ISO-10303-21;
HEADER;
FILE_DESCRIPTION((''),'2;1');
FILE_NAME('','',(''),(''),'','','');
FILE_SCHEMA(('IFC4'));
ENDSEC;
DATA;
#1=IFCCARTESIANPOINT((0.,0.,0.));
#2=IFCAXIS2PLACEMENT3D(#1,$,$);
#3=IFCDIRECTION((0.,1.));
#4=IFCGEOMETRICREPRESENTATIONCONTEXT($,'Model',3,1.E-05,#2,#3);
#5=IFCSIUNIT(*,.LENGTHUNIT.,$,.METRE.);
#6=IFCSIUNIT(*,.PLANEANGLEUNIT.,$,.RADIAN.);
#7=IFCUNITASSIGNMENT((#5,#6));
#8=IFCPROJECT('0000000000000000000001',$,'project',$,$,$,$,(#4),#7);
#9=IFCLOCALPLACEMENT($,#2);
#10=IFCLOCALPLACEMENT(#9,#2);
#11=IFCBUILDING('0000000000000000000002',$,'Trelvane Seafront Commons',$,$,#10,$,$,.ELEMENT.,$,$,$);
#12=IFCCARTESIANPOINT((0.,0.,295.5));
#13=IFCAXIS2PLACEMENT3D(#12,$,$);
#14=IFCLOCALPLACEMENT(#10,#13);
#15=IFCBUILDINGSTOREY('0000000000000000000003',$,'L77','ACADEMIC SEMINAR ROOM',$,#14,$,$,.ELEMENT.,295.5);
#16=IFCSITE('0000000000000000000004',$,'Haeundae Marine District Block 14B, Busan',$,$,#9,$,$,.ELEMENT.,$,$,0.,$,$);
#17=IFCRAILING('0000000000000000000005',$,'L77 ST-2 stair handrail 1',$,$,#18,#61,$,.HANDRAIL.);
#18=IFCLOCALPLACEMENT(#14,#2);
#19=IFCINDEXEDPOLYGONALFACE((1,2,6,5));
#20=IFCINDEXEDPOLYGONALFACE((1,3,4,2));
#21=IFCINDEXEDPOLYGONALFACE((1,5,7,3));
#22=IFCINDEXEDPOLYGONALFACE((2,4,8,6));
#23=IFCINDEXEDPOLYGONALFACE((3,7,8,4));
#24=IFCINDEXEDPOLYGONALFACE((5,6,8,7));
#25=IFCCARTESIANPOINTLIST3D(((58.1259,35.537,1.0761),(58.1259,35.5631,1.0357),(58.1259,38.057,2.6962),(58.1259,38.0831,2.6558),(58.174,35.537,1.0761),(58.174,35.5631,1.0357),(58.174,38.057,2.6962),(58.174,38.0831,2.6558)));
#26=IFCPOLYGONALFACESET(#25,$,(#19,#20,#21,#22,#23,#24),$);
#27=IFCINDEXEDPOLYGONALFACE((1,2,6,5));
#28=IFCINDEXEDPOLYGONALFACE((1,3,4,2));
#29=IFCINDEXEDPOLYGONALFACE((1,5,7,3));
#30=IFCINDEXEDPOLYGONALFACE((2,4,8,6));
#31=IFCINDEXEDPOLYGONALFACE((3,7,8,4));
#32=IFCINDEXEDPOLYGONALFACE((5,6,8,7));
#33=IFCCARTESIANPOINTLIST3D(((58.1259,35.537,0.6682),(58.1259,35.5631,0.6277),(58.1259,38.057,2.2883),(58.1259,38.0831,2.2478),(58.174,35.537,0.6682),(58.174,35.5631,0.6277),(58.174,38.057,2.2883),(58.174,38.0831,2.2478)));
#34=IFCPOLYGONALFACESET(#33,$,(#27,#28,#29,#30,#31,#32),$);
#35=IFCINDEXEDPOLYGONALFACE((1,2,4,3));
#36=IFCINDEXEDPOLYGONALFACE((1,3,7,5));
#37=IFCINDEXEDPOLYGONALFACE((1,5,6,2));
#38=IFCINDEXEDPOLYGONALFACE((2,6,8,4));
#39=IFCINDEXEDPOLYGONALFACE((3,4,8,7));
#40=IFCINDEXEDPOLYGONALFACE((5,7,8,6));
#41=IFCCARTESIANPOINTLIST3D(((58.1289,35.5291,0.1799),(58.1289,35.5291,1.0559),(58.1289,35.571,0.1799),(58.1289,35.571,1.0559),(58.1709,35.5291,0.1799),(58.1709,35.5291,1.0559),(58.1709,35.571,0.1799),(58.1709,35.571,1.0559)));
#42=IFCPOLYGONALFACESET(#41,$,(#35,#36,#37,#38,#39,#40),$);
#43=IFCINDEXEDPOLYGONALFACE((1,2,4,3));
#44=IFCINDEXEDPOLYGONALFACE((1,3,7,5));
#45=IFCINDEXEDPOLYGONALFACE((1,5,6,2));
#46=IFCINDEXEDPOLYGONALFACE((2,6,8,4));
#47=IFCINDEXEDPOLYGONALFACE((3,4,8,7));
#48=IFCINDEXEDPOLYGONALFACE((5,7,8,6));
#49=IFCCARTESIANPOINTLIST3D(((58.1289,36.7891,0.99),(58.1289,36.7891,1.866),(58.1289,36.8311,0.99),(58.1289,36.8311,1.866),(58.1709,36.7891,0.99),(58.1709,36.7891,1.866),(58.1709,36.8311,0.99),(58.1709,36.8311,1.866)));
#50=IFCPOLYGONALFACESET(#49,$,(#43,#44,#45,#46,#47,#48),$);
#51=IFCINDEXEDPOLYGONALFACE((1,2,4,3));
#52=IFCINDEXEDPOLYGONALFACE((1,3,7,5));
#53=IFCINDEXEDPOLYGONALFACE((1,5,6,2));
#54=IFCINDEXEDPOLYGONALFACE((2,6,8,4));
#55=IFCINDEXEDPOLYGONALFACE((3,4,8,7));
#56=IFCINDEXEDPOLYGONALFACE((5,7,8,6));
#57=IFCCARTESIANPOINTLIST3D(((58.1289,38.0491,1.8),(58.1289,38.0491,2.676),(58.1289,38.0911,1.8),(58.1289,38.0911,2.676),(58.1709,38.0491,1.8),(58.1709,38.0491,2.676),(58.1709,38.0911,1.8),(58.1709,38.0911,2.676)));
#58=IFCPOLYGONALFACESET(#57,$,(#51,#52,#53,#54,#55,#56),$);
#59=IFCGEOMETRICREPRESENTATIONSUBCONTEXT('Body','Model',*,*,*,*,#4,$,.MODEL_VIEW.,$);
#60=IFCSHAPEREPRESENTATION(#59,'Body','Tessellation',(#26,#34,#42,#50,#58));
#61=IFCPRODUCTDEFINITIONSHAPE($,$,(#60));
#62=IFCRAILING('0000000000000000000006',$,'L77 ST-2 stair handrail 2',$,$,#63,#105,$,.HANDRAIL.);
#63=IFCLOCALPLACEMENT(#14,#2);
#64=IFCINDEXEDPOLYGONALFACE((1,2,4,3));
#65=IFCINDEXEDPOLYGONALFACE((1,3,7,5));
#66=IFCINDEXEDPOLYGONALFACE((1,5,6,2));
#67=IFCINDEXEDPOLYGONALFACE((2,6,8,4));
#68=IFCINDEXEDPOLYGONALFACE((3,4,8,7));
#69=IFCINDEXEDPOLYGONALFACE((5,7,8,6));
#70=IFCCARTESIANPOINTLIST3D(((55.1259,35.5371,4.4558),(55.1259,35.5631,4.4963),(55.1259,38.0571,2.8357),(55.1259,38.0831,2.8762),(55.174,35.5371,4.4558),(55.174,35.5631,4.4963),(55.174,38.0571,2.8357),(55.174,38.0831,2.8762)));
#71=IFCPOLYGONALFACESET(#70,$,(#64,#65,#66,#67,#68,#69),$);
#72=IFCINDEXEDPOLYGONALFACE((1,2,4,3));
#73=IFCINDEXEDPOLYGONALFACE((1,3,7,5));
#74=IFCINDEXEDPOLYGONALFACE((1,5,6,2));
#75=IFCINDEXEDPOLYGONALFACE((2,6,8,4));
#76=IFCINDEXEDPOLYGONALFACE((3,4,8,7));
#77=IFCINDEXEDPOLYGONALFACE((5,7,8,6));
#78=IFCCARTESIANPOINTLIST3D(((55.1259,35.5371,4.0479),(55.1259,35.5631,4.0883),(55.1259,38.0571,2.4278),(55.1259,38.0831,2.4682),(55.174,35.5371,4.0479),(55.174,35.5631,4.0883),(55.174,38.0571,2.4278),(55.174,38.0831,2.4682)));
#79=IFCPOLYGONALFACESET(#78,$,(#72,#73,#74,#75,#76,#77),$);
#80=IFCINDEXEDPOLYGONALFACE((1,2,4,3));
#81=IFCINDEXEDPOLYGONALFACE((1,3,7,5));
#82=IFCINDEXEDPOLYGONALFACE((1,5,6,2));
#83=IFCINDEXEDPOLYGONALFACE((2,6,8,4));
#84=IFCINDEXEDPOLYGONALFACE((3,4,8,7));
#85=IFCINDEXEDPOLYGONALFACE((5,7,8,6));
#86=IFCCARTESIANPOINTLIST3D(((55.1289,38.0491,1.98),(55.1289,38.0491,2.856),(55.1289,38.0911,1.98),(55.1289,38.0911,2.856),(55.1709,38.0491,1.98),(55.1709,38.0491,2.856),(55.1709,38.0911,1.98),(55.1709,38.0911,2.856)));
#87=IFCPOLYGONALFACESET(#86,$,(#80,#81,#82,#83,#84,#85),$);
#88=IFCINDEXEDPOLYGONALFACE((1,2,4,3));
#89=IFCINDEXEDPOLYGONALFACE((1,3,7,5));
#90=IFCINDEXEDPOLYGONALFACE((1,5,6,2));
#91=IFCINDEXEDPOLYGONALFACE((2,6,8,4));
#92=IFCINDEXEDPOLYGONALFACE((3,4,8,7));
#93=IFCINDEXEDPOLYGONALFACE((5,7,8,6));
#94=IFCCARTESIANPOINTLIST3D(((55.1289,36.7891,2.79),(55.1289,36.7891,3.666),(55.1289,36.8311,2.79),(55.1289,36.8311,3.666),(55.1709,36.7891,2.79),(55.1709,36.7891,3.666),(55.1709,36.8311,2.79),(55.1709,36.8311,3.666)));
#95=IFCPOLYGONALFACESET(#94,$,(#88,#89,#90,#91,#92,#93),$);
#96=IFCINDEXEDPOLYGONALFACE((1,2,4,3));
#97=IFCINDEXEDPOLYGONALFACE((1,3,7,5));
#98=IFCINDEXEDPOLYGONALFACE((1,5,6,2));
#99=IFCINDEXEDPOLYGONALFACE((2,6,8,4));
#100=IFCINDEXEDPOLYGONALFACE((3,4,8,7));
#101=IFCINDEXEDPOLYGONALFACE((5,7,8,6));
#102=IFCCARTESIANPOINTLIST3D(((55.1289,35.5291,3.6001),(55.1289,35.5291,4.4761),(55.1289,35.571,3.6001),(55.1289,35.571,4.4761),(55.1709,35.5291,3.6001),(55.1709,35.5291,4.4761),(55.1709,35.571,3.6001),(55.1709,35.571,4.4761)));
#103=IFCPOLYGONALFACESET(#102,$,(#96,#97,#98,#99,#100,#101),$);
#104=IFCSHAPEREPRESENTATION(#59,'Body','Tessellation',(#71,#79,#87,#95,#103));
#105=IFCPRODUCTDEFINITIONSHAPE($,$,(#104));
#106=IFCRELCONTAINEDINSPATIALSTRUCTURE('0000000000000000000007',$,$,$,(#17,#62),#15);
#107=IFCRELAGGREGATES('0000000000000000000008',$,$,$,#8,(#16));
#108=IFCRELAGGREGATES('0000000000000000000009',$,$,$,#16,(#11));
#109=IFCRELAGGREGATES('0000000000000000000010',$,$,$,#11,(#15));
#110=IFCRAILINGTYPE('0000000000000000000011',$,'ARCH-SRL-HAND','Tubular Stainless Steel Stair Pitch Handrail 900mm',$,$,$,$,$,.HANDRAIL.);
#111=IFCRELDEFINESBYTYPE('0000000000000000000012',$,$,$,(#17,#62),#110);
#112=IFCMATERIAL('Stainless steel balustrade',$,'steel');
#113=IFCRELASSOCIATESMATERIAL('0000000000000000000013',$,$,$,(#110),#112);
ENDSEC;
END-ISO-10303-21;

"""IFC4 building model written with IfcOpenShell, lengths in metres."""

from ifc_helpers import new_model, si_unit, direction, frame, origin, origin_2d, place, context, subcontext, project, spatial, rectangle, extrude, material, type_object, element, save


model = new_model("IFC4")

# Units and contexts
model_context = context("Model", 3, precision=1e-05, world=origin(), true_north=direction((0.0, 1.0)))
body_context = subcontext(model_context, "Body", "Model", "MODEL_VIEW")
ifc_project = project(units=[si_unit("LENGTHUNIT", "METRE"), si_unit("PLANEANGLEUNIT", "RADIAN")], contexts=[model_context])

# Site, building, storey
site_placement = place(None, origin())
site = spatial("IfcSite", under=ifc_project, at=site_placement, Name="Haeundae Marine District Block 14B, Busan", CompositionType="ELEMENT", RefElevation=0.0)
building_placement = place(site_placement, origin())
building = spatial("IfcBuilding", under=site, at=building_placement, Name="Trelvane Seafront Commons", CompositionType="ELEMENT")
storey_placement = place(building_placement, frame((0.0, 0.0, 295.5)))
storey = spatial("IfcBuildingStorey", under=building, at=storey_placement, Name="L77", Description="ACADEMIC SEMINAR ROOM", CompositionType="ELEMENT", Elevation=295.5)

# Railings
ifc_material_1 = material(Name="Stainless steel balustrade", Category="steel")
railing_type_1 = type_object("IfcRailingType", Name="ARCH-SRL-HAND", Description="Tubular Stainless Steel Stair Pitch Handrail 900mm", PredefinedType="HANDRAIL", material=ifc_material_1)
railing_1_placement = place(storey_placement, frame((58.1499, 35.55, 0.1799)))
element("IfcRailing", 1, at=railing_1_placement, inside=storey, type_object=railing_type_1, Name="L77 ST-2 stair handrail 1", PredefinedType="HANDRAIL", context=body_context, shape_type="SweptSolid", body=[
    extrude(rectangle(XDim=0.0481, YDim=0.0481, at=origin_2d()), frame((0.0, 0.0, 0.876), z_axis=(0.0, 0.841163, 0.540782), x_axis=(-1.0, 0.0, 0.0)), (0.0, 0.0, 1.0), 2.9958),
    extrude(rectangle(XDim=0.0481, YDim=0.0481, at=origin_2d()), frame((0.0, 0.0, 0.468), z_axis=(0.0, 0.841163, 0.540782), x_axis=(-1.0, 0.0, 0.0)), (0.0, 0.0, 1.0), 2.9958),
    extrude(rectangle(XDim=0.042, YDim=0.042, at=origin_2d()), origin(), (0.0, 0.0, 1.0), 0.876),
    extrude(rectangle(XDim=0.042, YDim=0.042, at=origin_2d()), frame((0.0, 1.26, 0.8101)), (0.0, 0.0, 1.0), 0.876),
    extrude(rectangle(XDim=0.042, YDim=0.042, at=origin_2d()), frame((0.0, 2.52, 1.6201)), (0.0, 0.0, 1.0), 0.876),
])
railing_2_placement = place(storey_placement, frame((55.1499, 38.0701, 1.98)))
element("IfcRailing", 2, at=railing_2_placement, inside=storey, type_object=railing_type_1, Name="L77 ST-2 stair handrail 2", PredefinedType="HANDRAIL", context=body_context, shape_type="SweptSolid", body=[
    extrude(rectangle(XDim=0.0481, YDim=0.0481, at=origin_2d()), frame((0.0, 0.0, 0.876), z_axis=(0.0, -0.841163, 0.540782), x_axis=(1.0, 0.0, 0.0)), (0.0, 0.0, 1.0), 2.9958),
    extrude(rectangle(XDim=0.0481, YDim=0.0481, at=origin_2d()), frame((0.0, 0.0, 0.468), z_axis=(0.0, -0.841163, 0.540782), x_axis=(1.0, 0.0, 0.0)), (0.0, 0.0, 1.0), 2.9958),
    extrude(rectangle(XDim=0.042, YDim=0.042, at=origin_2d()), origin(), (0.0, 0.0, 1.0), 0.876),
    extrude(rectangle(XDim=0.042, YDim=0.042, at=origin_2d()), frame((0.0, -1.26, 0.8101)), (0.0, 0.0, 1.0), 0.876),
    extrude(rectangle(XDim=0.042, YDim=0.042, at=origin_2d()), frame((0.0, -2.52, 1.6201)), (0.0, 0.0, 1.0), 0.876),
])

save(model, "model.ifc")
